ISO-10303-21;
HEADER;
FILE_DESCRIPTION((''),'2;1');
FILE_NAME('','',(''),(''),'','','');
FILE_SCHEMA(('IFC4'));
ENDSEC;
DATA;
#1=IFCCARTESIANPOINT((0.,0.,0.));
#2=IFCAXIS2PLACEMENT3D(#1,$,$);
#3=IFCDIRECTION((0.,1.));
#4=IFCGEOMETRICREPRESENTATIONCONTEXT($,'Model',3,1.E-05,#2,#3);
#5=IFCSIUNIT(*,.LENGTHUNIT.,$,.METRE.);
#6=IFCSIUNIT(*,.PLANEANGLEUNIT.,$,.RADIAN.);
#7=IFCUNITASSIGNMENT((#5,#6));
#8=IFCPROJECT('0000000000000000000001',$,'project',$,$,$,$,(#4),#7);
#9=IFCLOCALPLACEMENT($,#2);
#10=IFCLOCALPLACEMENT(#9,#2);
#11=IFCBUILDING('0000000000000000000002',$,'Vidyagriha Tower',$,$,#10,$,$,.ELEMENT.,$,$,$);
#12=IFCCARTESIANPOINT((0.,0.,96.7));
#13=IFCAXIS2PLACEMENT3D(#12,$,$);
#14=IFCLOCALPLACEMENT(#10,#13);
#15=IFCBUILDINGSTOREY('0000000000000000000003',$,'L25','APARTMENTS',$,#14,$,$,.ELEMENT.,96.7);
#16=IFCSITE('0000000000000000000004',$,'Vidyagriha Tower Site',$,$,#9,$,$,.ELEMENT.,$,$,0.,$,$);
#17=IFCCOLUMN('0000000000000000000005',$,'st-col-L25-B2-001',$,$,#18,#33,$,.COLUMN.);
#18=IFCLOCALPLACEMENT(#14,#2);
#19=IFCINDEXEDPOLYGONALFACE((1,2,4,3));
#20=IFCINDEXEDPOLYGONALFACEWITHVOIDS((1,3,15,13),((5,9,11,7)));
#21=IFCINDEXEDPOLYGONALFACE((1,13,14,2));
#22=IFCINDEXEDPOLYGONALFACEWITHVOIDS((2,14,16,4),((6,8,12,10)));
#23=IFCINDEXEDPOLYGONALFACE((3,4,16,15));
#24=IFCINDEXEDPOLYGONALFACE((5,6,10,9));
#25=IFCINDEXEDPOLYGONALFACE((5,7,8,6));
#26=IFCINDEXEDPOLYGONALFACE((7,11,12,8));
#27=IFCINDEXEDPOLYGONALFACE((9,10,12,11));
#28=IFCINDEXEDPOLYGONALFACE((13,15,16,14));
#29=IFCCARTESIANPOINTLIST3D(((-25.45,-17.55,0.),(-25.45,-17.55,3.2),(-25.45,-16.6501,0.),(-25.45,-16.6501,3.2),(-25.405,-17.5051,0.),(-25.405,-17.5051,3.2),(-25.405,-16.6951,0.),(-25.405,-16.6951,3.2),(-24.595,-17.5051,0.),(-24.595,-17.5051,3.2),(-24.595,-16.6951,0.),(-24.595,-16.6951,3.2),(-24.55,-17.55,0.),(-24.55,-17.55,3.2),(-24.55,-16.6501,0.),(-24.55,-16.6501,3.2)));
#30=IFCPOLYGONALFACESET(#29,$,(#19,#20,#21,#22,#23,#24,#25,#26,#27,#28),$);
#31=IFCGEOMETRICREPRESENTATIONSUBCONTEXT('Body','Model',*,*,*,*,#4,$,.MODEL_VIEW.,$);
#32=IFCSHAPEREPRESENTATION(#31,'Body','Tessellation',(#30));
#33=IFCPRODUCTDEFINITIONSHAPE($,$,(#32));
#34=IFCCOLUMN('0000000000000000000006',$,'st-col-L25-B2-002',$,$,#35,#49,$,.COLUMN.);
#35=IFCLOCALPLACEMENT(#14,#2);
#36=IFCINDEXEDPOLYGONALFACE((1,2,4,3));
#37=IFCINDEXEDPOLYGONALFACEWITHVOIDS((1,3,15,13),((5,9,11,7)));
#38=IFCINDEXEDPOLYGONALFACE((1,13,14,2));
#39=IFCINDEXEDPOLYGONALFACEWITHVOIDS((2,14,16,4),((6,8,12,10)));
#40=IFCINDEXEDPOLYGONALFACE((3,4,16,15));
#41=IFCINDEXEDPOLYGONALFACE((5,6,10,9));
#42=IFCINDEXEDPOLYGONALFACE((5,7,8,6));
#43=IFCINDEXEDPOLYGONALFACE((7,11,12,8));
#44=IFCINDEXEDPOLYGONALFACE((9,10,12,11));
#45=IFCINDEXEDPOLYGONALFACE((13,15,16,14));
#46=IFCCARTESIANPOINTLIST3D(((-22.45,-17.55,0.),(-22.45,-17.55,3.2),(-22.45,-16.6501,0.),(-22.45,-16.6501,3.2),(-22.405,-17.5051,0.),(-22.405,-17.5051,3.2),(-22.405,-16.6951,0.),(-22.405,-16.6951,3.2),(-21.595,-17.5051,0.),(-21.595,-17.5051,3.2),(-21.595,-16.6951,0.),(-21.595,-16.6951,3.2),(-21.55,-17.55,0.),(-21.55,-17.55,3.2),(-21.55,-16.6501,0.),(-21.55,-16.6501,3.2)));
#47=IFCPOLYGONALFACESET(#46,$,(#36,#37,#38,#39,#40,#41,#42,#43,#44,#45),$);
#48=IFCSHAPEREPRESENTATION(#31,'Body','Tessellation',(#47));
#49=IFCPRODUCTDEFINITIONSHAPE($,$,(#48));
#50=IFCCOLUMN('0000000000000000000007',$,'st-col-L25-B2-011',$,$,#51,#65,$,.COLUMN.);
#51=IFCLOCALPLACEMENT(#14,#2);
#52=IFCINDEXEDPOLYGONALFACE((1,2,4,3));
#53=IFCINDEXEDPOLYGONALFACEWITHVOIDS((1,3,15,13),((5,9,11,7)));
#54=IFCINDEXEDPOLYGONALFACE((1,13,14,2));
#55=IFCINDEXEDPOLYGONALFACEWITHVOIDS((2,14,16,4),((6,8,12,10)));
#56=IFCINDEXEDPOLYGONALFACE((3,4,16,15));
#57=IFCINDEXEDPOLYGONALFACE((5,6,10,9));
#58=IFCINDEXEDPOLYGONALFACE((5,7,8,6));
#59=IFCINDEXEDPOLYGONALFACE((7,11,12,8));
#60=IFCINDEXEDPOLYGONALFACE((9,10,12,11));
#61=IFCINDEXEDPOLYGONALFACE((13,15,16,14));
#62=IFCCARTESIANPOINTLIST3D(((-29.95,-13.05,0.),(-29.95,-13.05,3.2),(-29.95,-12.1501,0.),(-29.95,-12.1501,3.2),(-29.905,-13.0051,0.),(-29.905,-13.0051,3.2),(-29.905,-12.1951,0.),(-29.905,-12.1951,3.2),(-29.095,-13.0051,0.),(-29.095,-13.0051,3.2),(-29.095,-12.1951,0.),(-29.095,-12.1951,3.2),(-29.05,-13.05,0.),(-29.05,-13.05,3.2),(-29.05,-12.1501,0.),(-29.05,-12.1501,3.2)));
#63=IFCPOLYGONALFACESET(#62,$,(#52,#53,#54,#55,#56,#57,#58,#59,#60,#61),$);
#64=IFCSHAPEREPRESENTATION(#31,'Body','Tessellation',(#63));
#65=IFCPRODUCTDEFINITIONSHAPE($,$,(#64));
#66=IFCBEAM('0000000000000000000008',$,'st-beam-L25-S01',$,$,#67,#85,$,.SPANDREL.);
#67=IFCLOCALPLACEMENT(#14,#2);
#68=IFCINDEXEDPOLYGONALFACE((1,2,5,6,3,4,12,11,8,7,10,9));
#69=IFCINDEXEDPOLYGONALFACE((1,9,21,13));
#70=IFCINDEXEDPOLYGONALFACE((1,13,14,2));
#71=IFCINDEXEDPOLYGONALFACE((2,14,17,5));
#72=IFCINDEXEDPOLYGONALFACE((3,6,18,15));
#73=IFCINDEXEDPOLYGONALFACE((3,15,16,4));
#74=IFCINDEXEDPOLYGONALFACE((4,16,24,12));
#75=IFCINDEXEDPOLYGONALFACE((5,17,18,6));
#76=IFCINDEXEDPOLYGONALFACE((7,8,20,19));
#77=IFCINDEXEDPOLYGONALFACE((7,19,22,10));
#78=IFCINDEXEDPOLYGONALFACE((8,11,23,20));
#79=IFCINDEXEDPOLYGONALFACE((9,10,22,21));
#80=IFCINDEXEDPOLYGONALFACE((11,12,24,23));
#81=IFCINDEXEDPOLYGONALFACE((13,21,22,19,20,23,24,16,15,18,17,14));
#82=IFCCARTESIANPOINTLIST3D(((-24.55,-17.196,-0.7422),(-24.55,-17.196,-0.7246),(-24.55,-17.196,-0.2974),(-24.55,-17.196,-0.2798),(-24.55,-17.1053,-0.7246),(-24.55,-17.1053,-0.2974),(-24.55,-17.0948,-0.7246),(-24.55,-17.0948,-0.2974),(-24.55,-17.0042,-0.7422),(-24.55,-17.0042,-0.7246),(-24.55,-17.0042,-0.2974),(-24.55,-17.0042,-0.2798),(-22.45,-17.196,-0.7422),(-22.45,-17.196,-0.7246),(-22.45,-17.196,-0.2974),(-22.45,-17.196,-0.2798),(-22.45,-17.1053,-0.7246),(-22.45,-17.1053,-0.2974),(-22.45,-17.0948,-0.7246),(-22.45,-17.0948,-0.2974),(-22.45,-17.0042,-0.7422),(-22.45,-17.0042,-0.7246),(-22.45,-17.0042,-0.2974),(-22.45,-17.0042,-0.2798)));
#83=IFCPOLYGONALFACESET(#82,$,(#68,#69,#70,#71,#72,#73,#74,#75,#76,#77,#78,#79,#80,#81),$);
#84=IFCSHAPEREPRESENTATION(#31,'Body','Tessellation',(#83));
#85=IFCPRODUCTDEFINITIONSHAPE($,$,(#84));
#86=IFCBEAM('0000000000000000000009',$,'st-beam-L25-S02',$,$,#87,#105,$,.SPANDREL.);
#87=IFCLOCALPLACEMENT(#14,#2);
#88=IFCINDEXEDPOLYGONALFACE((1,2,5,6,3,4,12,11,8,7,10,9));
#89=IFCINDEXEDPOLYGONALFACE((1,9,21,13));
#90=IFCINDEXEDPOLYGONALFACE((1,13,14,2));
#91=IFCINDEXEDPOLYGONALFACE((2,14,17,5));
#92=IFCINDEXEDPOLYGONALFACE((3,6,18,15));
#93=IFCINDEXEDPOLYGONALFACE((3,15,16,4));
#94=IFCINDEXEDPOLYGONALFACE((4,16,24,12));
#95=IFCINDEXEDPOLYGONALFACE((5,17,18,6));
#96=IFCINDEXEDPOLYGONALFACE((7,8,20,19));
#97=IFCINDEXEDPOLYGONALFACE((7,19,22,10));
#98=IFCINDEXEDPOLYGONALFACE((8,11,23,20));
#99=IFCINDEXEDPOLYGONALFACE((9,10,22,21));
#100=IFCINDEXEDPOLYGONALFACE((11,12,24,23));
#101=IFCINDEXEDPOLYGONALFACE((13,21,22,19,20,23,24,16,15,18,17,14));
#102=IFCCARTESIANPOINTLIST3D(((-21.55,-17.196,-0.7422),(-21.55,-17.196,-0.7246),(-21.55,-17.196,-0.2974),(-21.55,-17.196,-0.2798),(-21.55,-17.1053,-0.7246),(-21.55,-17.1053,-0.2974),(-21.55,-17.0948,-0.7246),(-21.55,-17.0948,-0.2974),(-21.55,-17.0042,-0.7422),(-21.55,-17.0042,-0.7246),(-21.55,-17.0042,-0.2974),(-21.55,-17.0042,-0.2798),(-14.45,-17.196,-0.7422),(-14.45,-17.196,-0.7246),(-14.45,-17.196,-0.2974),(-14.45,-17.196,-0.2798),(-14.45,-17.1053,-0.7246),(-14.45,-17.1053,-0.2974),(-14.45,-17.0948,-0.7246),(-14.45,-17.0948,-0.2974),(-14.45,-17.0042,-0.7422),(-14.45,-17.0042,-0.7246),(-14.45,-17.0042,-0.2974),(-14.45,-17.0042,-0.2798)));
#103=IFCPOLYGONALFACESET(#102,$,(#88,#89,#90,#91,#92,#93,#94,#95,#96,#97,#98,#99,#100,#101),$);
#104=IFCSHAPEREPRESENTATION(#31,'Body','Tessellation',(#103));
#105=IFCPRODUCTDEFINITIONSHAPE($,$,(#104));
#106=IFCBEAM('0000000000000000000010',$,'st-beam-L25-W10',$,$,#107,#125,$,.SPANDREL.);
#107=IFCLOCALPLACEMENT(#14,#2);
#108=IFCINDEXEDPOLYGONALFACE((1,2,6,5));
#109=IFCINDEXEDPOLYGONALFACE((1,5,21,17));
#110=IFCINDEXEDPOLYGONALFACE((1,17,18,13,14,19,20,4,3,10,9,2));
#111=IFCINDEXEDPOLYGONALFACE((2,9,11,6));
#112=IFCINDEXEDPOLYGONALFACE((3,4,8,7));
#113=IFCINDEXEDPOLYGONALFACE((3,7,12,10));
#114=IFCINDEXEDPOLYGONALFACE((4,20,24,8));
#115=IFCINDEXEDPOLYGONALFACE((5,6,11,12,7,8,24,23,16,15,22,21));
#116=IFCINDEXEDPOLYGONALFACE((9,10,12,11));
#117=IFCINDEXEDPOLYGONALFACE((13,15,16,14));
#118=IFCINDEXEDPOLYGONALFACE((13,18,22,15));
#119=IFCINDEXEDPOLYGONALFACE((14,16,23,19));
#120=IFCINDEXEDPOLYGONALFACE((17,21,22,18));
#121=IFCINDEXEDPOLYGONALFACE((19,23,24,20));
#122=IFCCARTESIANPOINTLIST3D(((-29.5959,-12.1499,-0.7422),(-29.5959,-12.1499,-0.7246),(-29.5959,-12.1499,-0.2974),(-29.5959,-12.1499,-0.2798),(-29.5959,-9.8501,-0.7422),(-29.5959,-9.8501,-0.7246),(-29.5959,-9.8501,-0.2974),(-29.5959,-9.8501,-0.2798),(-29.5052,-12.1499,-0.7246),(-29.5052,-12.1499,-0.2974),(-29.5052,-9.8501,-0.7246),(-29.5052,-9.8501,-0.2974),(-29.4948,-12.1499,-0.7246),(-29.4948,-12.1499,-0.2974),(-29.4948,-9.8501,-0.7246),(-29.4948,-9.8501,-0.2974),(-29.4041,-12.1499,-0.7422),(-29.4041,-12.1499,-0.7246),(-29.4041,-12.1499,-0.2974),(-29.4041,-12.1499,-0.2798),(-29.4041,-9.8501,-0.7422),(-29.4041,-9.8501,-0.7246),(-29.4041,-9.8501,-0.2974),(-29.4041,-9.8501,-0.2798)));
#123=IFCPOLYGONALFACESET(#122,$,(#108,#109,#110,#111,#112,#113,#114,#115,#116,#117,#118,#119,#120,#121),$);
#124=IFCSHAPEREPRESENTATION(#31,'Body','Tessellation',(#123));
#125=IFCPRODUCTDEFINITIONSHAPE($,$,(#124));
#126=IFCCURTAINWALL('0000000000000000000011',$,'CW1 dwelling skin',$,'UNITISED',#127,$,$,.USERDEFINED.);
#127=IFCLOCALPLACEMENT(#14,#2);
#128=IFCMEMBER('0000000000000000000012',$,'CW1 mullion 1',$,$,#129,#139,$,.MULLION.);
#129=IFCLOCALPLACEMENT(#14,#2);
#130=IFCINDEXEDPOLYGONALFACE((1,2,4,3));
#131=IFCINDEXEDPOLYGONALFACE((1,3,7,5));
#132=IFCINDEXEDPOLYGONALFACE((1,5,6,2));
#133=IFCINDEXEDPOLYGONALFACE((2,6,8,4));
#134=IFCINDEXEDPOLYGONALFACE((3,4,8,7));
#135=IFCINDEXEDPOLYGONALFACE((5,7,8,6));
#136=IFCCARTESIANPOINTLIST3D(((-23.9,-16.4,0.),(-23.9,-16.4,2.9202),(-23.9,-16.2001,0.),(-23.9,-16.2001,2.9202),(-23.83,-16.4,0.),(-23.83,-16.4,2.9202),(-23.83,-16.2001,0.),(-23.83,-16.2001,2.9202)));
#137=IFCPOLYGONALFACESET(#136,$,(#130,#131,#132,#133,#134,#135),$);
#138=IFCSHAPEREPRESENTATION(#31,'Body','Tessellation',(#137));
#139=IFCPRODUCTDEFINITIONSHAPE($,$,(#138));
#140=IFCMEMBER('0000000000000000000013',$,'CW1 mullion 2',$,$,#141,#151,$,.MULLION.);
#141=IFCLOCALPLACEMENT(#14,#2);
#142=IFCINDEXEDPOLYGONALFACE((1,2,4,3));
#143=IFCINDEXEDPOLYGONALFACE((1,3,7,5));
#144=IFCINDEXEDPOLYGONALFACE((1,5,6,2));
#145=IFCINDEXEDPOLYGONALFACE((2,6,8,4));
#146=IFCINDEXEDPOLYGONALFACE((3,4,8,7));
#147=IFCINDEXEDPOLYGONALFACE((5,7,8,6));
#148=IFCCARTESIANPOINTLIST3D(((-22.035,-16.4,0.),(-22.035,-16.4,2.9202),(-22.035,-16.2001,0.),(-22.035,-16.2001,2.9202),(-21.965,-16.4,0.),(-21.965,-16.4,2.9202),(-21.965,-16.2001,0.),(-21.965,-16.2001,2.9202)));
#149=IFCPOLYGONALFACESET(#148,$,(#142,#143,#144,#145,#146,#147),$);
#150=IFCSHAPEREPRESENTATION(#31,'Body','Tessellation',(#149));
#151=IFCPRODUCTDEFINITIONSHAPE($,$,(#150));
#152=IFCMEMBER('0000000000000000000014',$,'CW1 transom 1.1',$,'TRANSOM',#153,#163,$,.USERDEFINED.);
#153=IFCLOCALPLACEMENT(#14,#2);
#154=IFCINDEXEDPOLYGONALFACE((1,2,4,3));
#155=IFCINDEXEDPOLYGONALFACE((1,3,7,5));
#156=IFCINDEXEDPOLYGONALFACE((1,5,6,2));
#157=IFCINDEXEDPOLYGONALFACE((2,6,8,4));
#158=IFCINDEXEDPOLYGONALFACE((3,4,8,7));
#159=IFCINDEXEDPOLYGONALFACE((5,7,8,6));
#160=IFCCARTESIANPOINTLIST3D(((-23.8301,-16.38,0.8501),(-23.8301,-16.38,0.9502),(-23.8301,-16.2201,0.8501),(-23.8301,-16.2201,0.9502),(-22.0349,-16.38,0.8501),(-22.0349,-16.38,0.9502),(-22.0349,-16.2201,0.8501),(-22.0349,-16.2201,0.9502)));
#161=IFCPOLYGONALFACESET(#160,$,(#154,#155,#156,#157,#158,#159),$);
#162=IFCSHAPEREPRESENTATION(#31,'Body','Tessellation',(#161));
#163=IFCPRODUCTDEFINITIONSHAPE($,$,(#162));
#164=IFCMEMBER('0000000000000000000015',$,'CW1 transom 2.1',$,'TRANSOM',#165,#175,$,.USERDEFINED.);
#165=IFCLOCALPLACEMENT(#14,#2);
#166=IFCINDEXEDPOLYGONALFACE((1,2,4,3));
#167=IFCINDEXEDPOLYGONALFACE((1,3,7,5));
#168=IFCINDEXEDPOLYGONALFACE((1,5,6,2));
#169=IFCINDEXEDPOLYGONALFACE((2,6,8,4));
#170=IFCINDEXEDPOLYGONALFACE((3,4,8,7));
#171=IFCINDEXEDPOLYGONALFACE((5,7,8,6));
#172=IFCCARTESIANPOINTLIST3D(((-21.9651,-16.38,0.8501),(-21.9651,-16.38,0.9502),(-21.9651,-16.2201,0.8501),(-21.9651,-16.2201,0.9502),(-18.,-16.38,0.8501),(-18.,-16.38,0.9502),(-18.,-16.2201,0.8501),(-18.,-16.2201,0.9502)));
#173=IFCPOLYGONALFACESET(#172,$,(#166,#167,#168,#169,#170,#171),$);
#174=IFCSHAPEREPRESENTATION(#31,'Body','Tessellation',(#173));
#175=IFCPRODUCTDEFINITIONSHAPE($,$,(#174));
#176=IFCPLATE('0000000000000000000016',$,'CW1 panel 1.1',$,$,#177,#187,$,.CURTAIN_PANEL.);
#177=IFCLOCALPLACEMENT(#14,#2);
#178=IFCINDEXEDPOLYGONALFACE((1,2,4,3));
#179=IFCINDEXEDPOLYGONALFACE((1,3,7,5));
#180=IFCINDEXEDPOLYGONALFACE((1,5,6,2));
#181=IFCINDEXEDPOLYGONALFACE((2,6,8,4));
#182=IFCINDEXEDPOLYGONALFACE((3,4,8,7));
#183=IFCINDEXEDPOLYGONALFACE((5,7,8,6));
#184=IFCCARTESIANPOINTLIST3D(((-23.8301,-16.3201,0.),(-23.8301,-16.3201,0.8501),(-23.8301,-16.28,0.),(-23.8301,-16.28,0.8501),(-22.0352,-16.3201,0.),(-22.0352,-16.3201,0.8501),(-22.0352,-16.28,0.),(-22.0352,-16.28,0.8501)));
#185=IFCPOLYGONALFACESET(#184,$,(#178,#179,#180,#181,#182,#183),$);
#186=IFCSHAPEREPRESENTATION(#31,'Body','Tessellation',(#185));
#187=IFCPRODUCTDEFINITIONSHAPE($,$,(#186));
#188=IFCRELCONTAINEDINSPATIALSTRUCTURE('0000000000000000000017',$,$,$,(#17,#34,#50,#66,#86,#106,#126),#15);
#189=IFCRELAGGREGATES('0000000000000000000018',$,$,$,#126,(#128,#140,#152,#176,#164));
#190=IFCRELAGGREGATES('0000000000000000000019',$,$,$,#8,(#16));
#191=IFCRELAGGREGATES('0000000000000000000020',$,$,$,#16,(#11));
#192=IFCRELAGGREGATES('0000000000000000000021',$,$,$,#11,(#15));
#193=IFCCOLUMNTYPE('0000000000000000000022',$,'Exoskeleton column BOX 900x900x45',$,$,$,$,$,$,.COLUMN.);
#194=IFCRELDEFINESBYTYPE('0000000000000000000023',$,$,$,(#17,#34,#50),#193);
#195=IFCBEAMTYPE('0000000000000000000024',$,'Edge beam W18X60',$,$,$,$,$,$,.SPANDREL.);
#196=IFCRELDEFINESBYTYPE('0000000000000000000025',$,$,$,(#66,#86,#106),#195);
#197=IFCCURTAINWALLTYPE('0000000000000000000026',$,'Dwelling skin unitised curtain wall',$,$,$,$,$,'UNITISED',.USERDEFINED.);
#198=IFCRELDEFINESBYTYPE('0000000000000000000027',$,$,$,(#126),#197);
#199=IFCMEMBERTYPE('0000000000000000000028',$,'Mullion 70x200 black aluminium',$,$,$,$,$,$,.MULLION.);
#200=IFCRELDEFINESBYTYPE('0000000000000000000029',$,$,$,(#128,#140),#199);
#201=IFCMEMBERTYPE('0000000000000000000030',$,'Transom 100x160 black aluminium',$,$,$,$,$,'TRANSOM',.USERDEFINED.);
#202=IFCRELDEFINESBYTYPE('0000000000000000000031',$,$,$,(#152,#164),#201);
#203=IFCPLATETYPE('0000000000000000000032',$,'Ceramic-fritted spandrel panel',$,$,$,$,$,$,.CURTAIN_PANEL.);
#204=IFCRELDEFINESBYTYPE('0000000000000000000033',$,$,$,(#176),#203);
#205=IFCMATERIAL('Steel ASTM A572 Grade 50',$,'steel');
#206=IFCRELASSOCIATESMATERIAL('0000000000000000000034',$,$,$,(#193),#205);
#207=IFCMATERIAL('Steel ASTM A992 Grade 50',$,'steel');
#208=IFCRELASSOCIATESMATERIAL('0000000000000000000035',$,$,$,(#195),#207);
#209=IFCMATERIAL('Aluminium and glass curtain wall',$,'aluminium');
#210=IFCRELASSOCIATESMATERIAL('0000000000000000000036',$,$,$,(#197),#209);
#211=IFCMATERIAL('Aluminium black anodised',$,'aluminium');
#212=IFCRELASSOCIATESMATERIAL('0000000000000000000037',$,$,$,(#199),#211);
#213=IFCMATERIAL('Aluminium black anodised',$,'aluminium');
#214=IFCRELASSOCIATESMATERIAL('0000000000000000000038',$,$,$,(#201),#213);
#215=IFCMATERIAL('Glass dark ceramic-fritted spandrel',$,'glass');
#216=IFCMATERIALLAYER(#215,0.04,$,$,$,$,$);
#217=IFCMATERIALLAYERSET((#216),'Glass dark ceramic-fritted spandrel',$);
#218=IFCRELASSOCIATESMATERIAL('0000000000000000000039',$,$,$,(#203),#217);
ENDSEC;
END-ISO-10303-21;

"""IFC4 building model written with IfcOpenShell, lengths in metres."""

from ifc_helpers import new_model, si_unit, direction, frame, origin, origin_2d, place, context, subcontext, project, spatial, rectangle, hollow_rectangle, i_section, extrude, material, layer, layer_set, material_profile, profile_set, type_object, element, aggregate, save


model = new_model("IFC4")

# Units and contexts
model_context = context("Model", 3, precision=1e-05, world=origin(), true_north=direction((0.0, 1.0)))
body_context = subcontext(model_context, "Body", "Model", "MODEL_VIEW")
ifc_project = project(units=[si_unit("LENGTHUNIT", "METRE"), si_unit("PLANEANGLEUNIT", "RADIAN")], contexts=[model_context])

# Site, building, storey
site_placement = place(None, origin())
site = spatial("IfcSite", under=ifc_project, at=site_placement, Name="Vidyagriha Tower Site", CompositionType="ELEMENT", RefElevation=0.0)
building_placement = place(site_placement, origin())
building = spatial("IfcBuilding", under=site, at=building_placement, Name="Vidyagriha Tower", CompositionType="ELEMENT")
storey_placement = place(building_placement, frame((0.0, 0.0, 96.7)))
storey = spatial("IfcBuildingStorey", under=building, at=storey_placement, Name="L25", Description="APARTMENTS", CompositionType="ELEMENT", Elevation=96.7)

# Columns
ifc_material_1 = material(Name="Steel ASTM A572 Grade 50", Category="steel")
ifc_material_profile_1 = material_profile(ifc_material_1, hollow_rectangle(XDim=0.8999, YDim=0.8999, WallThickness=0.0449, at=origin_2d()), Name="BOX 900x900x45")
ifc_profile_set_1 = profile_set([ifc_material_profile_1], Name="Steel ASTM A572 Grade 50")
column_type = type_object("IfcColumnType", Name="Exoskeleton column BOX 900x900x45", PredefinedType="COLUMN", material=ifc_profile_set_1)
for number, where, name in (
    (1, (-25.0, -17.1001, 0.0), "st-col-L25-B2-001"),
    (2, (-22.0, -17.1001, 0.0), "st-col-L25-B2-002"),
    (3, (-29.5, -12.6001, 0.0), "st-col-L25-B2-011"),
):
    element("IfcColumn", number, at=place(storey_placement, frame(where)), inside=storey, type_object=column_type, Name=name, PredefinedType="COLUMN", context=body_context, shape_type="SweptSolid", body=[
        extrude(hollow_rectangle(XDim=0.8999, YDim=0.8999, WallThickness=0.0449, at=origin_2d()), origin(), (0.0, 0.0, 1.0), 3.2),
    ])

# Beams
ifc_material_2 = material(Name="Steel ASTM A992 Grade 50", Category="steel")
ifc_material_profile_2 = material_profile(ifc_material_2, i_section(OverallWidth=0.1919, OverallDepth=0.4624, WebThickness=0.0105, FlangeThickness=0.0176, at=origin_2d()), Name="W18X60")
ifc_profile_set_2 = profile_set([ifc_material_profile_2], Name="Steel ASTM A992 Grade 50")
beam_type = type_object("IfcBeamType", Name="Edge beam W18X60", PredefinedType="SPANDREL", material=ifc_profile_set_2)
beam_1_placement = place(storey_placement, frame((-24.55, -17.1001, -0.511), z_axis=(1.0, 0.0, 0.0), x_axis=(0.0, 1.0, 0.0)))
element("IfcBeam", 4, at=beam_1_placement, inside=storey, type_object=beam_type, Name="st-beam-L25-S01", PredefinedType="SPANDREL", context=body_context, shape_type="SweptSolid", body=[
    extrude(i_section(OverallWidth=0.1919, OverallDepth=0.4624, WebThickness=0.0105, FlangeThickness=0.0176, at=origin_2d()), origin(), (0.0, 0.0, 1.0), 2.1001),
])
beam_2_placement = place(storey_placement, frame((-21.55, -17.1001, -0.511), z_axis=(1.0, 0.0, 0.0), x_axis=(0.0, 1.0, 0.0)))
element("IfcBeam", 5, at=beam_2_placement, inside=storey, type_object=beam_type, Name="st-beam-L25-S02", PredefinedType="SPANDREL", context=body_context, shape_type="SweptSolid", body=[
    extrude(i_section(OverallWidth=0.1919, OverallDepth=0.4624, WebThickness=0.0105, FlangeThickness=0.0176, at=origin_2d()), origin(), (0.0, 0.0, 1.0), 7.1001),
])
beam_3_placement = place(storey_placement, frame((-29.5, -12.1499, -0.511), z_axis=(0.0, 1.0, 0.0), x_axis=(-1.0, 0.0, 0.0)))
element("IfcBeam", 6, at=beam_3_placement, inside=storey, type_object=beam_type, Name="st-beam-L25-W10", PredefinedType="SPANDREL", context=body_context, shape_type="SweptSolid", body=[
    extrude(i_section(OverallWidth=0.1919, OverallDepth=0.4624, WebThickness=0.0105, FlangeThickness=0.0176, at=origin_2d()), origin(), (0.0, 0.0, 1.0), 2.2998),
])

# Curtain wall, members, plate
ifc_material_3 = material(Name="Aluminium and glass curtain wall", Category="aluminium")
curtain_wall_type = type_object("IfcCurtainWallType", Name="Dwelling skin unitised curtain wall", ElementType="UNITISED", PredefinedType="USERDEFINED", material=ifc_material_3)
curtain_wall_placement = place(storey_placement, origin())
curtain_wall = element("IfcCurtainWall", 7, at=curtain_wall_placement, inside=storey, type_object=curtain_wall_type, Name="CW1 dwelling skin", ObjectType="UNITISED", PredefinedType="USERDEFINED")
ifc_material_4 = material(Name="Aluminium black anodised", Category="aluminium")
ifc_material_profile_3 = material_profile(ifc_material_4, rectangle(XDim=0.2, YDim=0.0701, at=origin_2d()), Name="Mullion 70x200 black aluminium")
ifc_profile_set_3 = profile_set([ifc_material_profile_3], Name="Aluminium black anodised")
member_type_1 = type_object("IfcMemberType", Name="Mullion 70x200 black aluminium", PredefinedType="MULLION", material=ifc_profile_set_3)
member_1_placement = place(storey_placement, frame((-23.865, -16.3, 0.0), z_axis=(0.0, 0.0, 1.0), x_axis=(0.0, 1.0, 0.0)))
member_1 = element("IfcMember", 8, at=member_1_placement, type_object=member_type_1, Name="CW1 mullion 1", PredefinedType="MULLION", context=body_context, shape_type="SweptSolid", body=[
    extrude(rectangle(XDim=0.2, YDim=0.0701, at=origin_2d()), origin(), (0.0, 0.0, 1.0), 2.9202),
])
member_2_placement = place(storey_placement, frame((-22.0, -16.3, 0.0), z_axis=(0.0, 0.0, 1.0), x_axis=(0.0, 1.0, 0.0)))
member_2 = element("IfcMember", 9, at=member_2_placement, type_object=member_type_1, Name="CW1 mullion 2", PredefinedType="MULLION", context=body_context, shape_type="SweptSolid", body=[
    extrude(rectangle(XDim=0.2, YDim=0.0701, at=origin_2d()), origin(), (0.0, 0.0, 1.0), 2.9202),
])
ifc_material_5 = material(Name="Aluminium black anodised", Category="aluminium")
ifc_material_profile_4 = material_profile(ifc_material_5, rectangle(XDim=0.1599, YDim=0.1001, at=origin_2d()), Name="Transom 100x160 black aluminium")
ifc_profile_set_4 = profile_set([ifc_material_profile_4], Name="Aluminium black anodised")
member_type_2 = type_object("IfcMemberType", Name="Transom 100x160 black aluminium", ElementType="TRANSOM", PredefinedType="USERDEFINED", material=ifc_profile_set_4)
member_3_placement = place(storey_placement, frame((-23.8301, -16.3, 0.9001), z_axis=(1.0, 0.0, 0.0), x_axis=(0.0, 1.0, 0.0)))
member_3 = element("IfcMember", 10, at=member_3_placement, type_object=member_type_2, Name="CW1 transom 1.1", ObjectType="TRANSOM", PredefinedType="USERDEFINED", context=body_context, shape_type="SweptSolid", body=[
    extrude(rectangle(XDim=0.1599, YDim=0.1001, at=origin_2d()), origin(), (0.0, 0.0, 1.0), 1.7952),
])
member_4_placement = place(storey_placement, frame((-21.9651, -16.3, 0.9001), z_axis=(1.0, 0.0, 0.0), x_axis=(0.0, 1.0, 0.0)))
member_4 = element("IfcMember", 11, at=member_4_placement, type_object=member_type_2, Name="CW1 transom 2.1", ObjectType="TRANSOM", PredefinedType="USERDEFINED", context=body_context, shape_type="SweptSolid", body=[
    extrude(rectangle(XDim=0.1599, YDim=0.1001, at=origin_2d()), origin(), (0.0, 0.0, 1.0), 3.9651),
])
ifc_material_6 = material(Name="Glass dark ceramic-fritted spandrel", Category="glass")
ifc_layer_1 = layer(ifc_material_6, 0.04)
ifc_layer_set_1 = layer_set([ifc_layer_1], Name="Glass dark ceramic-fritted spandrel")
plate_type_1 = type_object("IfcPlateType", Name="Ceramic-fritted spandrel panel", PredefinedType="CURTAIN_PANEL", material=ifc_layer_set_1)
plate_1_placement = place(storey_placement, frame((-22.9326, -16.3, 0.0)))
plate_1 = element("IfcPlate", 12, at=plate_1_placement, type_object=plate_type_1, Name="CW1 panel 1.1", PredefinedType="CURTAIN_PANEL", context=body_context, shape_type="SweptSolid", body=[
    extrude(rectangle(XDim=1.7949, YDim=0.04, at=origin_2d()), origin(), (0.0, 0.0, 1.0), 0.8501),
])
aggregate(curtain_wall, [member_1, member_2, member_3, plate_1, member_4])

save(model, "model.ifc")
